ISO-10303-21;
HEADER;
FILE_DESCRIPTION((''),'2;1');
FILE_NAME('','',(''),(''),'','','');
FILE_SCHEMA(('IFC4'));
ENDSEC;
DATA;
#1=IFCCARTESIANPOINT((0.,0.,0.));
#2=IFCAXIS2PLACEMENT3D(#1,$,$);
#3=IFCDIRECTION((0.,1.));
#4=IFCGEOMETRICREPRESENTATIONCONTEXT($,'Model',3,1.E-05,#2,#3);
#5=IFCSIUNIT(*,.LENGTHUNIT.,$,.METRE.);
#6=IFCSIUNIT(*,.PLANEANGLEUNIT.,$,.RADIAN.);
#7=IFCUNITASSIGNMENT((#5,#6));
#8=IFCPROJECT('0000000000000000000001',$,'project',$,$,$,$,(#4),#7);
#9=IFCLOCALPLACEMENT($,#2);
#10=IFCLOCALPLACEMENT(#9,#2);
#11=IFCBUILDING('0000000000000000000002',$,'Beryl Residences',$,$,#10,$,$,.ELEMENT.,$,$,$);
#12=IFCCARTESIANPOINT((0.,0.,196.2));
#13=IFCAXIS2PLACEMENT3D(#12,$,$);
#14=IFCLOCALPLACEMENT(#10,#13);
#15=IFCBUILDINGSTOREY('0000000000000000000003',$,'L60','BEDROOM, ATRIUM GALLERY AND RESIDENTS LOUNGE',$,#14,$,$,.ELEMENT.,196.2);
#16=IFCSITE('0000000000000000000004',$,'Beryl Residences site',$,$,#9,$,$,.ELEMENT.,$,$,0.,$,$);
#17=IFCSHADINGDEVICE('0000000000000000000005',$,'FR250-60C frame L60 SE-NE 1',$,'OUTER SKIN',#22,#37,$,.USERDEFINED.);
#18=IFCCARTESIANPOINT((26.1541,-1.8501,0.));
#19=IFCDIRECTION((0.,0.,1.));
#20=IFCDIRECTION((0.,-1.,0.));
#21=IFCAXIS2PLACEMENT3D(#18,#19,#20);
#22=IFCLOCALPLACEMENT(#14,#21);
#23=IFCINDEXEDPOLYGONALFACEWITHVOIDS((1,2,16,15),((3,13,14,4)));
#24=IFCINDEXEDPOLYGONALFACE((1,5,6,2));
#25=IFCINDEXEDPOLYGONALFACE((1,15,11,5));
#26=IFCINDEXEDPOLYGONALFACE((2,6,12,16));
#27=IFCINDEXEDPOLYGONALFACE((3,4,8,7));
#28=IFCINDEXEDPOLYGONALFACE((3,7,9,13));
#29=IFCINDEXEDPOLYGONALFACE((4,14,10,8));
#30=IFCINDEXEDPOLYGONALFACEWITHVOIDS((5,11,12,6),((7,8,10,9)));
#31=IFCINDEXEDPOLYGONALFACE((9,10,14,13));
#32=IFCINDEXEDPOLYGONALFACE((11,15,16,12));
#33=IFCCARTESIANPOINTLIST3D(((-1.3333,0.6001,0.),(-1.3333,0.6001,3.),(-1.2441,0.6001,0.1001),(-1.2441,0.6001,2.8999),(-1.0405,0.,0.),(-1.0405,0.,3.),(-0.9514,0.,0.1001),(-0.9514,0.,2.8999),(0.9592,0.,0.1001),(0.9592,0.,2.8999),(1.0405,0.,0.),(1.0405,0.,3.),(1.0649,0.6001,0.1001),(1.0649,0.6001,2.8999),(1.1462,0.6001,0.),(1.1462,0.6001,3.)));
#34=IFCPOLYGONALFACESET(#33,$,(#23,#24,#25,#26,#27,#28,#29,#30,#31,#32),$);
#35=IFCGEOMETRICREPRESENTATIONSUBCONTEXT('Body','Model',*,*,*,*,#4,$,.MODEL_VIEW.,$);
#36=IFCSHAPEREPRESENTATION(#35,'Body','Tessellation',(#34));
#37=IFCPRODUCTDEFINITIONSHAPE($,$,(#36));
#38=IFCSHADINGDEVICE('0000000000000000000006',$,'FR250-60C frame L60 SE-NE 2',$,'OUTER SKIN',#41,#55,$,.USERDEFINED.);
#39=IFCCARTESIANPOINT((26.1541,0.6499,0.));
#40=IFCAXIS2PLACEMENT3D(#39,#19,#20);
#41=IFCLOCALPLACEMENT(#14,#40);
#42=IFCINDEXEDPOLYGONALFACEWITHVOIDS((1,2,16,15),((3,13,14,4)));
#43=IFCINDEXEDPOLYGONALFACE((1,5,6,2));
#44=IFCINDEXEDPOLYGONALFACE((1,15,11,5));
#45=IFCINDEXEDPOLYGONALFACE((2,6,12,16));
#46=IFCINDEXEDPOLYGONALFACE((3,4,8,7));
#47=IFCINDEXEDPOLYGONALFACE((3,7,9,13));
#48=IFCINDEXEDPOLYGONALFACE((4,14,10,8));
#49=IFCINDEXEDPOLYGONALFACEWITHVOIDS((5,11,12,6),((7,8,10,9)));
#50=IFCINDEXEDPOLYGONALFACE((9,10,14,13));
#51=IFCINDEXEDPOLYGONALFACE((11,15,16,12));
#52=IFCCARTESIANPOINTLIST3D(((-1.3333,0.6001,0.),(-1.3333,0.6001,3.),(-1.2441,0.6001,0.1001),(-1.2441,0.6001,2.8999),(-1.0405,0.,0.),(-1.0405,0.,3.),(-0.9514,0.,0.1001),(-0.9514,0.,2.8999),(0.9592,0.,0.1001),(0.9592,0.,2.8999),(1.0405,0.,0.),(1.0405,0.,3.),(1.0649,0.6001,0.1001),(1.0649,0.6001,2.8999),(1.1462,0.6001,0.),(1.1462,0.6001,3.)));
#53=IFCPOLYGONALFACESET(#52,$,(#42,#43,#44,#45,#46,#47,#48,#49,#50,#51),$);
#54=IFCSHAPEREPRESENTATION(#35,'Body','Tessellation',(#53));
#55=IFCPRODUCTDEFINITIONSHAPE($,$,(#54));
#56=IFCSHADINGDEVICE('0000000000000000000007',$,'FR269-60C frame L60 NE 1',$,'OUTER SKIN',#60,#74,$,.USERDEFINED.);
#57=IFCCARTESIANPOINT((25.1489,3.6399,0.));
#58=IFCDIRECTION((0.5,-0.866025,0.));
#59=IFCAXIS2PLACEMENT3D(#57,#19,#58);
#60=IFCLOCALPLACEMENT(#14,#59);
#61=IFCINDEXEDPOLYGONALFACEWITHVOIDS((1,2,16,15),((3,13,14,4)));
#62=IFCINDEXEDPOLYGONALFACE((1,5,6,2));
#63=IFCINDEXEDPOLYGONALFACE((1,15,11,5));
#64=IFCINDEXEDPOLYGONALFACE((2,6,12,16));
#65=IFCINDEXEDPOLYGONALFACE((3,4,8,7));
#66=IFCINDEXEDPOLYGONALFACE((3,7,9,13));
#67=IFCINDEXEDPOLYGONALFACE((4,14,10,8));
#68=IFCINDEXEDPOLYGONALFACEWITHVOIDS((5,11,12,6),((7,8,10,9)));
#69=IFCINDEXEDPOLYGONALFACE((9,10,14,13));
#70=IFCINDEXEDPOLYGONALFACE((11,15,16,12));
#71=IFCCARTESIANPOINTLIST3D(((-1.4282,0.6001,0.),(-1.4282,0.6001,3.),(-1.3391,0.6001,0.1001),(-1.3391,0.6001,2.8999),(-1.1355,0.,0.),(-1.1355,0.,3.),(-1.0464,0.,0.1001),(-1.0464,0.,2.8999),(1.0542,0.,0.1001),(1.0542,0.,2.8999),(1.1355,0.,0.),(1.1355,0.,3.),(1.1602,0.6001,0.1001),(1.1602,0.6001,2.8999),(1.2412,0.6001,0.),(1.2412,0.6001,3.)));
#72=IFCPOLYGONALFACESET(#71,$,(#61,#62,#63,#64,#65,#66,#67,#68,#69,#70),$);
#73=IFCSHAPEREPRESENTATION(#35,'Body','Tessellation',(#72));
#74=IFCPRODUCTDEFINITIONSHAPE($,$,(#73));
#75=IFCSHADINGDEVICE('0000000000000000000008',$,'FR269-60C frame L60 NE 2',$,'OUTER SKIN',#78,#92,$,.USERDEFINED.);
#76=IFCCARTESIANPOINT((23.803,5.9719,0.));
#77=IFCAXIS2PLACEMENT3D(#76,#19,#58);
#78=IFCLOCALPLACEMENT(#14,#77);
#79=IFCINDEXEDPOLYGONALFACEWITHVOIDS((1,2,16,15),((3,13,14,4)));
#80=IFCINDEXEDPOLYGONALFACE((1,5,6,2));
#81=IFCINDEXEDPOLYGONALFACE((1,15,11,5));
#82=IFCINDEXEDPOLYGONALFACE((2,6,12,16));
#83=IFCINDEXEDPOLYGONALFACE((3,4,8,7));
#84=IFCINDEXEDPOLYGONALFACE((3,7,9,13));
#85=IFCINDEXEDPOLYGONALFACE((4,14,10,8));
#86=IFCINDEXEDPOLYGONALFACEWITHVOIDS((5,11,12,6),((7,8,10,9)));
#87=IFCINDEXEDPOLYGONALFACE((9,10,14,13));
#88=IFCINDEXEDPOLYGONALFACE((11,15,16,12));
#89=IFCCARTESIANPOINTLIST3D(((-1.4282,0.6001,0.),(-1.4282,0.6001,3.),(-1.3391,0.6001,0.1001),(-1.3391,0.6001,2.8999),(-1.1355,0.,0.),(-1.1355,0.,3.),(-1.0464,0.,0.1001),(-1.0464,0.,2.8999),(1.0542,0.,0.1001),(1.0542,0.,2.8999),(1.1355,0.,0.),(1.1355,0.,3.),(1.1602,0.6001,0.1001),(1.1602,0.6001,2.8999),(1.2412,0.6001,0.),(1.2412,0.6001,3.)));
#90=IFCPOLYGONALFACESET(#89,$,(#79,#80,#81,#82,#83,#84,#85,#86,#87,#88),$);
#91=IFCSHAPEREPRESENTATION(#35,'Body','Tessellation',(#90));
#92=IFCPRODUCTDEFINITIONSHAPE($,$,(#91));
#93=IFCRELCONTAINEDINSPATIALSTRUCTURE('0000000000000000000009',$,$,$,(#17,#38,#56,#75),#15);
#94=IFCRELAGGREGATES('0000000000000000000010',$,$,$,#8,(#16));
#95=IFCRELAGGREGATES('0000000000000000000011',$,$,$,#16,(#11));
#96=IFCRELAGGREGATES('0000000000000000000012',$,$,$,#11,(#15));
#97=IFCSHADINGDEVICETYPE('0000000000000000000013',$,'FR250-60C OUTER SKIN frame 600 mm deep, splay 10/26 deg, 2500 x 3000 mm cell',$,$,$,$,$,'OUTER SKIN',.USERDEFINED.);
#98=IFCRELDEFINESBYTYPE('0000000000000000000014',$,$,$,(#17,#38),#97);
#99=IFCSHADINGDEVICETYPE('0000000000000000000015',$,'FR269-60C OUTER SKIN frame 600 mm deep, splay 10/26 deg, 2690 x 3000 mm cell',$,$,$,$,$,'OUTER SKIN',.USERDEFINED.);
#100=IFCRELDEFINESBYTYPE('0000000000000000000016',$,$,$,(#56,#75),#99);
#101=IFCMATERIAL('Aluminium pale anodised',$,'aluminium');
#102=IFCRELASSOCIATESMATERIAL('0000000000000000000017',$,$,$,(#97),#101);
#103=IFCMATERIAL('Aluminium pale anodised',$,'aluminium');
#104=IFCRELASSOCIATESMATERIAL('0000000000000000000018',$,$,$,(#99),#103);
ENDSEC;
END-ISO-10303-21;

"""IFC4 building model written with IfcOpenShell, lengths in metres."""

from ifc_helpers import new_model, entity, si_unit, direction, frame, origin, place, context, subcontext, project, spatial, source, transform, mapped, material, type_object, type_shapes, element, save


model = new_model("IFC4")

# Units and contexts
model_context = context("Model", 3, precision=1e-05, world=origin(), true_north=direction((0.0, 1.0)))
body_context = subcontext(model_context, "Body", "Model", "MODEL_VIEW")
ifc_project = project(units=[si_unit("LENGTHUNIT", "METRE"), si_unit("PLANEANGLEUNIT", "RADIAN")], contexts=[model_context])

# Site, building, storey
site_placement = place(None, origin())
site = spatial("IfcSite", under=ifc_project, at=site_placement, Name="Beryl Residences site", CompositionType="ELEMENT", RefElevation=0.0)
building_placement = place(site_placement, origin())
building = spatial("IfcBuilding", under=site, at=building_placement, Name="Beryl Residences", CompositionType="ELEMENT")
storey_placement = place(building_placement, frame((0.0, 0.0, 196.2)))
storey = spatial("IfcBuildingStorey", under=building, at=storey_placement, Name="L60", Description="BEDROOM, ATRIUM GALLERY AND RESIDENTS LOUNGE", CompositionType="ELEMENT", Elevation=196.2)

# Shading devices
ifc_material_1 = material(Name="Aluminium pale anodised", Category="aluminium")
shading_device_type_1 = type_object("IfcShadingDeviceType", Name="FR250-60C OUTER SKIN frame 600 mm deep, splay 10/26 deg, 2500 x 3000 mm cell", ElementType="OUTER SKIN", PredefinedType="USERDEFINED", material=ifc_material_1)
cartesian_point_1 = entity("IfcCartesianPoint", [-1.0405, 0.0])
cartesian_point_2 = entity("IfcCartesianPoint", [-0.9592, 0.1001])
cartesian_point_3 = entity("IfcCartesianPoint", [-1.1462, 0.0])
cartesian_point_4 = entity("IfcCartesianPoint", [-1.0649, 0.1001])
shared_shape_1 = source(origin(), body_context, "Body", "SweptSolid", [
    entity("IfcExtrudedAreaSolidTapered", entity("IfcArbitraryProfileDefWithVoids", "AREA", None, entity("IfcPolyline", [cartesian_point_1, entity("IfcCartesianPoint", [1.0405, 0.0]), entity("IfcCartesianPoint", [1.0405, 3.0]), entity("IfcCartesianPoint", [-1.0405, 3.0]), cartesian_point_1]), [entity("IfcPolyline", [cartesian_point_2, entity("IfcCartesianPoint", [0.9514, 0.1001]), entity("IfcCartesianPoint", [0.9514, 2.8999]), entity("IfcCartesianPoint", [-0.9592, 2.8999]), cartesian_point_2])]), entity("IfcAxis2Placement3D", entity("IfcCartesianPoint", [0.0, 0.0, 0.0]), entity("IfcDirection", [0.0, 1.0, 0.0]), entity("IfcDirection", [-1.0, 0.0, 0.0])), entity("IfcDirection", [0.0, 0.0, 1.0]), 0.6001, entity("IfcArbitraryProfileDefWithVoids", "AREA", None, entity("IfcPolyline", [cartesian_point_3, entity("IfcCartesianPoint", [1.3333, 0.0]), entity("IfcCartesianPoint", [1.3333, 3.0]), entity("IfcCartesianPoint", [-1.1462, 3.0]), cartesian_point_3]), [entity("IfcPolyline", [cartesian_point_4, entity("IfcCartesianPoint", [1.2441, 0.1001]), entity("IfcCartesianPoint", [1.2441, 2.8999]), entity("IfcCartesianPoint", [-1.0649, 2.8999]), cartesian_point_4])])),
])
type_shapes(shading_device_type_1, [shared_shape_1])
for number, where, z_axis, x_axis, name in (
    (1, (26.1541, -1.8501, 0.0), (0.0, 0.0, 1.0), (0.0, -1.0, 0.0), "FR250-60C frame L60 SE-NE 1"),
    (2, (26.1541, 0.6499, 0.0), (0.0, 0.0, 1.0), (0.0, -1.0, 0.0), "FR250-60C frame L60 SE-NE 2"),
):
    element("IfcShadingDevice", number, at=place(storey_placement, frame(where, z_axis=z_axis, x_axis=x_axis)), inside=storey, type_object=shading_device_type_1, Name=name, ObjectType="OUTER SKIN", PredefinedType="USERDEFINED", context=body_context, shape_type="MappedRepresentation", body=[
        mapped(shared_shape_1, transform((0.0, 0.0, 0.0))),
    ])
ifc_material_2 = material(Name="Aluminium pale anodised", Category="aluminium")
shading_device_type_2 = type_object("IfcShadingDeviceType", Name="FR269-60C OUTER SKIN frame 600 mm deep, splay 10/26 deg, 2690 x 3000 mm cell", ElementType="OUTER SKIN", PredefinedType="USERDEFINED", material=ifc_material_2)
cartesian_point_5 = entity("IfcCartesianPoint", [-1.1355, 0.0])
cartesian_point_6 = entity("IfcCartesianPoint", [-1.0542, 0.1001])
cartesian_point_7 = entity("IfcCartesianPoint", [-1.2412, 0.0])
cartesian_point_8 = entity("IfcCartesianPoint", [-1.1602, 0.1001])
shared_shape_2 = source(origin(), body_context, "Body", "SweptSolid", [
    entity("IfcExtrudedAreaSolidTapered", entity("IfcArbitraryProfileDefWithVoids", "AREA", None, entity("IfcPolyline", [cartesian_point_5, entity("IfcCartesianPoint", [1.1355, 0.0]), entity("IfcCartesianPoint", [1.1355, 3.0]), entity("IfcCartesianPoint", [-1.1355, 3.0]), cartesian_point_5]), [entity("IfcPolyline", [cartesian_point_6, entity("IfcCartesianPoint", [1.0464, 0.1001]), entity("IfcCartesianPoint", [1.0464, 2.8999]), entity("IfcCartesianPoint", [-1.0542, 2.8999]), cartesian_point_6])]), entity("IfcAxis2Placement3D", entity("IfcCartesianPoint", [0.0, 0.0, 0.0]), entity("IfcDirection", [0.0, 1.0, 0.0]), entity("IfcDirection", [-1.0, 0.0, 0.0])), entity("IfcDirection", [0.0, 0.0, 1.0]), 0.6001, entity("IfcArbitraryProfileDefWithVoids", "AREA", None, entity("IfcPolyline", [cartesian_point_7, entity("IfcCartesianPoint", [1.4282, 0.0]), entity("IfcCartesianPoint", [1.4282, 3.0]), entity("IfcCartesianPoint", [-1.2412, 3.0]), cartesian_point_7]), [entity("IfcPolyline", [cartesian_point_8, entity("IfcCartesianPoint", [1.3391, 0.1001]), entity("IfcCartesianPoint", [1.3391, 2.8999]), entity("IfcCartesianPoint", [-1.1602, 2.8999]), cartesian_point_8])])),
])
type_shapes(shading_device_type_2, [shared_shape_2])
for number, where, z_axis, x_axis, name in (
    (3, (25.1489, 3.6399, 0.0), (0.0, 0.0, 1.0), (0.5, -0.866025, 0.0), "FR269-60C frame L60 NE 1"),
    (4, (23.803, 5.9719, 0.0), (0.0, 0.0, 1.0), (0.5, -0.866025, 0.0), "FR269-60C frame L60 NE 2"),
):
    element("IfcShadingDevice", number, at=place(storey_placement, frame(where, z_axis=z_axis, x_axis=x_axis)), inside=storey, type_object=shading_device_type_2, Name=name, ObjectType="OUTER SKIN", PredefinedType="USERDEFINED", context=body_context, shape_type="MappedRepresentation", body=[
        mapped(shared_shape_2, transform((0.0, 0.0, 0.0))),
    ])

save(model, "model.ifc")
